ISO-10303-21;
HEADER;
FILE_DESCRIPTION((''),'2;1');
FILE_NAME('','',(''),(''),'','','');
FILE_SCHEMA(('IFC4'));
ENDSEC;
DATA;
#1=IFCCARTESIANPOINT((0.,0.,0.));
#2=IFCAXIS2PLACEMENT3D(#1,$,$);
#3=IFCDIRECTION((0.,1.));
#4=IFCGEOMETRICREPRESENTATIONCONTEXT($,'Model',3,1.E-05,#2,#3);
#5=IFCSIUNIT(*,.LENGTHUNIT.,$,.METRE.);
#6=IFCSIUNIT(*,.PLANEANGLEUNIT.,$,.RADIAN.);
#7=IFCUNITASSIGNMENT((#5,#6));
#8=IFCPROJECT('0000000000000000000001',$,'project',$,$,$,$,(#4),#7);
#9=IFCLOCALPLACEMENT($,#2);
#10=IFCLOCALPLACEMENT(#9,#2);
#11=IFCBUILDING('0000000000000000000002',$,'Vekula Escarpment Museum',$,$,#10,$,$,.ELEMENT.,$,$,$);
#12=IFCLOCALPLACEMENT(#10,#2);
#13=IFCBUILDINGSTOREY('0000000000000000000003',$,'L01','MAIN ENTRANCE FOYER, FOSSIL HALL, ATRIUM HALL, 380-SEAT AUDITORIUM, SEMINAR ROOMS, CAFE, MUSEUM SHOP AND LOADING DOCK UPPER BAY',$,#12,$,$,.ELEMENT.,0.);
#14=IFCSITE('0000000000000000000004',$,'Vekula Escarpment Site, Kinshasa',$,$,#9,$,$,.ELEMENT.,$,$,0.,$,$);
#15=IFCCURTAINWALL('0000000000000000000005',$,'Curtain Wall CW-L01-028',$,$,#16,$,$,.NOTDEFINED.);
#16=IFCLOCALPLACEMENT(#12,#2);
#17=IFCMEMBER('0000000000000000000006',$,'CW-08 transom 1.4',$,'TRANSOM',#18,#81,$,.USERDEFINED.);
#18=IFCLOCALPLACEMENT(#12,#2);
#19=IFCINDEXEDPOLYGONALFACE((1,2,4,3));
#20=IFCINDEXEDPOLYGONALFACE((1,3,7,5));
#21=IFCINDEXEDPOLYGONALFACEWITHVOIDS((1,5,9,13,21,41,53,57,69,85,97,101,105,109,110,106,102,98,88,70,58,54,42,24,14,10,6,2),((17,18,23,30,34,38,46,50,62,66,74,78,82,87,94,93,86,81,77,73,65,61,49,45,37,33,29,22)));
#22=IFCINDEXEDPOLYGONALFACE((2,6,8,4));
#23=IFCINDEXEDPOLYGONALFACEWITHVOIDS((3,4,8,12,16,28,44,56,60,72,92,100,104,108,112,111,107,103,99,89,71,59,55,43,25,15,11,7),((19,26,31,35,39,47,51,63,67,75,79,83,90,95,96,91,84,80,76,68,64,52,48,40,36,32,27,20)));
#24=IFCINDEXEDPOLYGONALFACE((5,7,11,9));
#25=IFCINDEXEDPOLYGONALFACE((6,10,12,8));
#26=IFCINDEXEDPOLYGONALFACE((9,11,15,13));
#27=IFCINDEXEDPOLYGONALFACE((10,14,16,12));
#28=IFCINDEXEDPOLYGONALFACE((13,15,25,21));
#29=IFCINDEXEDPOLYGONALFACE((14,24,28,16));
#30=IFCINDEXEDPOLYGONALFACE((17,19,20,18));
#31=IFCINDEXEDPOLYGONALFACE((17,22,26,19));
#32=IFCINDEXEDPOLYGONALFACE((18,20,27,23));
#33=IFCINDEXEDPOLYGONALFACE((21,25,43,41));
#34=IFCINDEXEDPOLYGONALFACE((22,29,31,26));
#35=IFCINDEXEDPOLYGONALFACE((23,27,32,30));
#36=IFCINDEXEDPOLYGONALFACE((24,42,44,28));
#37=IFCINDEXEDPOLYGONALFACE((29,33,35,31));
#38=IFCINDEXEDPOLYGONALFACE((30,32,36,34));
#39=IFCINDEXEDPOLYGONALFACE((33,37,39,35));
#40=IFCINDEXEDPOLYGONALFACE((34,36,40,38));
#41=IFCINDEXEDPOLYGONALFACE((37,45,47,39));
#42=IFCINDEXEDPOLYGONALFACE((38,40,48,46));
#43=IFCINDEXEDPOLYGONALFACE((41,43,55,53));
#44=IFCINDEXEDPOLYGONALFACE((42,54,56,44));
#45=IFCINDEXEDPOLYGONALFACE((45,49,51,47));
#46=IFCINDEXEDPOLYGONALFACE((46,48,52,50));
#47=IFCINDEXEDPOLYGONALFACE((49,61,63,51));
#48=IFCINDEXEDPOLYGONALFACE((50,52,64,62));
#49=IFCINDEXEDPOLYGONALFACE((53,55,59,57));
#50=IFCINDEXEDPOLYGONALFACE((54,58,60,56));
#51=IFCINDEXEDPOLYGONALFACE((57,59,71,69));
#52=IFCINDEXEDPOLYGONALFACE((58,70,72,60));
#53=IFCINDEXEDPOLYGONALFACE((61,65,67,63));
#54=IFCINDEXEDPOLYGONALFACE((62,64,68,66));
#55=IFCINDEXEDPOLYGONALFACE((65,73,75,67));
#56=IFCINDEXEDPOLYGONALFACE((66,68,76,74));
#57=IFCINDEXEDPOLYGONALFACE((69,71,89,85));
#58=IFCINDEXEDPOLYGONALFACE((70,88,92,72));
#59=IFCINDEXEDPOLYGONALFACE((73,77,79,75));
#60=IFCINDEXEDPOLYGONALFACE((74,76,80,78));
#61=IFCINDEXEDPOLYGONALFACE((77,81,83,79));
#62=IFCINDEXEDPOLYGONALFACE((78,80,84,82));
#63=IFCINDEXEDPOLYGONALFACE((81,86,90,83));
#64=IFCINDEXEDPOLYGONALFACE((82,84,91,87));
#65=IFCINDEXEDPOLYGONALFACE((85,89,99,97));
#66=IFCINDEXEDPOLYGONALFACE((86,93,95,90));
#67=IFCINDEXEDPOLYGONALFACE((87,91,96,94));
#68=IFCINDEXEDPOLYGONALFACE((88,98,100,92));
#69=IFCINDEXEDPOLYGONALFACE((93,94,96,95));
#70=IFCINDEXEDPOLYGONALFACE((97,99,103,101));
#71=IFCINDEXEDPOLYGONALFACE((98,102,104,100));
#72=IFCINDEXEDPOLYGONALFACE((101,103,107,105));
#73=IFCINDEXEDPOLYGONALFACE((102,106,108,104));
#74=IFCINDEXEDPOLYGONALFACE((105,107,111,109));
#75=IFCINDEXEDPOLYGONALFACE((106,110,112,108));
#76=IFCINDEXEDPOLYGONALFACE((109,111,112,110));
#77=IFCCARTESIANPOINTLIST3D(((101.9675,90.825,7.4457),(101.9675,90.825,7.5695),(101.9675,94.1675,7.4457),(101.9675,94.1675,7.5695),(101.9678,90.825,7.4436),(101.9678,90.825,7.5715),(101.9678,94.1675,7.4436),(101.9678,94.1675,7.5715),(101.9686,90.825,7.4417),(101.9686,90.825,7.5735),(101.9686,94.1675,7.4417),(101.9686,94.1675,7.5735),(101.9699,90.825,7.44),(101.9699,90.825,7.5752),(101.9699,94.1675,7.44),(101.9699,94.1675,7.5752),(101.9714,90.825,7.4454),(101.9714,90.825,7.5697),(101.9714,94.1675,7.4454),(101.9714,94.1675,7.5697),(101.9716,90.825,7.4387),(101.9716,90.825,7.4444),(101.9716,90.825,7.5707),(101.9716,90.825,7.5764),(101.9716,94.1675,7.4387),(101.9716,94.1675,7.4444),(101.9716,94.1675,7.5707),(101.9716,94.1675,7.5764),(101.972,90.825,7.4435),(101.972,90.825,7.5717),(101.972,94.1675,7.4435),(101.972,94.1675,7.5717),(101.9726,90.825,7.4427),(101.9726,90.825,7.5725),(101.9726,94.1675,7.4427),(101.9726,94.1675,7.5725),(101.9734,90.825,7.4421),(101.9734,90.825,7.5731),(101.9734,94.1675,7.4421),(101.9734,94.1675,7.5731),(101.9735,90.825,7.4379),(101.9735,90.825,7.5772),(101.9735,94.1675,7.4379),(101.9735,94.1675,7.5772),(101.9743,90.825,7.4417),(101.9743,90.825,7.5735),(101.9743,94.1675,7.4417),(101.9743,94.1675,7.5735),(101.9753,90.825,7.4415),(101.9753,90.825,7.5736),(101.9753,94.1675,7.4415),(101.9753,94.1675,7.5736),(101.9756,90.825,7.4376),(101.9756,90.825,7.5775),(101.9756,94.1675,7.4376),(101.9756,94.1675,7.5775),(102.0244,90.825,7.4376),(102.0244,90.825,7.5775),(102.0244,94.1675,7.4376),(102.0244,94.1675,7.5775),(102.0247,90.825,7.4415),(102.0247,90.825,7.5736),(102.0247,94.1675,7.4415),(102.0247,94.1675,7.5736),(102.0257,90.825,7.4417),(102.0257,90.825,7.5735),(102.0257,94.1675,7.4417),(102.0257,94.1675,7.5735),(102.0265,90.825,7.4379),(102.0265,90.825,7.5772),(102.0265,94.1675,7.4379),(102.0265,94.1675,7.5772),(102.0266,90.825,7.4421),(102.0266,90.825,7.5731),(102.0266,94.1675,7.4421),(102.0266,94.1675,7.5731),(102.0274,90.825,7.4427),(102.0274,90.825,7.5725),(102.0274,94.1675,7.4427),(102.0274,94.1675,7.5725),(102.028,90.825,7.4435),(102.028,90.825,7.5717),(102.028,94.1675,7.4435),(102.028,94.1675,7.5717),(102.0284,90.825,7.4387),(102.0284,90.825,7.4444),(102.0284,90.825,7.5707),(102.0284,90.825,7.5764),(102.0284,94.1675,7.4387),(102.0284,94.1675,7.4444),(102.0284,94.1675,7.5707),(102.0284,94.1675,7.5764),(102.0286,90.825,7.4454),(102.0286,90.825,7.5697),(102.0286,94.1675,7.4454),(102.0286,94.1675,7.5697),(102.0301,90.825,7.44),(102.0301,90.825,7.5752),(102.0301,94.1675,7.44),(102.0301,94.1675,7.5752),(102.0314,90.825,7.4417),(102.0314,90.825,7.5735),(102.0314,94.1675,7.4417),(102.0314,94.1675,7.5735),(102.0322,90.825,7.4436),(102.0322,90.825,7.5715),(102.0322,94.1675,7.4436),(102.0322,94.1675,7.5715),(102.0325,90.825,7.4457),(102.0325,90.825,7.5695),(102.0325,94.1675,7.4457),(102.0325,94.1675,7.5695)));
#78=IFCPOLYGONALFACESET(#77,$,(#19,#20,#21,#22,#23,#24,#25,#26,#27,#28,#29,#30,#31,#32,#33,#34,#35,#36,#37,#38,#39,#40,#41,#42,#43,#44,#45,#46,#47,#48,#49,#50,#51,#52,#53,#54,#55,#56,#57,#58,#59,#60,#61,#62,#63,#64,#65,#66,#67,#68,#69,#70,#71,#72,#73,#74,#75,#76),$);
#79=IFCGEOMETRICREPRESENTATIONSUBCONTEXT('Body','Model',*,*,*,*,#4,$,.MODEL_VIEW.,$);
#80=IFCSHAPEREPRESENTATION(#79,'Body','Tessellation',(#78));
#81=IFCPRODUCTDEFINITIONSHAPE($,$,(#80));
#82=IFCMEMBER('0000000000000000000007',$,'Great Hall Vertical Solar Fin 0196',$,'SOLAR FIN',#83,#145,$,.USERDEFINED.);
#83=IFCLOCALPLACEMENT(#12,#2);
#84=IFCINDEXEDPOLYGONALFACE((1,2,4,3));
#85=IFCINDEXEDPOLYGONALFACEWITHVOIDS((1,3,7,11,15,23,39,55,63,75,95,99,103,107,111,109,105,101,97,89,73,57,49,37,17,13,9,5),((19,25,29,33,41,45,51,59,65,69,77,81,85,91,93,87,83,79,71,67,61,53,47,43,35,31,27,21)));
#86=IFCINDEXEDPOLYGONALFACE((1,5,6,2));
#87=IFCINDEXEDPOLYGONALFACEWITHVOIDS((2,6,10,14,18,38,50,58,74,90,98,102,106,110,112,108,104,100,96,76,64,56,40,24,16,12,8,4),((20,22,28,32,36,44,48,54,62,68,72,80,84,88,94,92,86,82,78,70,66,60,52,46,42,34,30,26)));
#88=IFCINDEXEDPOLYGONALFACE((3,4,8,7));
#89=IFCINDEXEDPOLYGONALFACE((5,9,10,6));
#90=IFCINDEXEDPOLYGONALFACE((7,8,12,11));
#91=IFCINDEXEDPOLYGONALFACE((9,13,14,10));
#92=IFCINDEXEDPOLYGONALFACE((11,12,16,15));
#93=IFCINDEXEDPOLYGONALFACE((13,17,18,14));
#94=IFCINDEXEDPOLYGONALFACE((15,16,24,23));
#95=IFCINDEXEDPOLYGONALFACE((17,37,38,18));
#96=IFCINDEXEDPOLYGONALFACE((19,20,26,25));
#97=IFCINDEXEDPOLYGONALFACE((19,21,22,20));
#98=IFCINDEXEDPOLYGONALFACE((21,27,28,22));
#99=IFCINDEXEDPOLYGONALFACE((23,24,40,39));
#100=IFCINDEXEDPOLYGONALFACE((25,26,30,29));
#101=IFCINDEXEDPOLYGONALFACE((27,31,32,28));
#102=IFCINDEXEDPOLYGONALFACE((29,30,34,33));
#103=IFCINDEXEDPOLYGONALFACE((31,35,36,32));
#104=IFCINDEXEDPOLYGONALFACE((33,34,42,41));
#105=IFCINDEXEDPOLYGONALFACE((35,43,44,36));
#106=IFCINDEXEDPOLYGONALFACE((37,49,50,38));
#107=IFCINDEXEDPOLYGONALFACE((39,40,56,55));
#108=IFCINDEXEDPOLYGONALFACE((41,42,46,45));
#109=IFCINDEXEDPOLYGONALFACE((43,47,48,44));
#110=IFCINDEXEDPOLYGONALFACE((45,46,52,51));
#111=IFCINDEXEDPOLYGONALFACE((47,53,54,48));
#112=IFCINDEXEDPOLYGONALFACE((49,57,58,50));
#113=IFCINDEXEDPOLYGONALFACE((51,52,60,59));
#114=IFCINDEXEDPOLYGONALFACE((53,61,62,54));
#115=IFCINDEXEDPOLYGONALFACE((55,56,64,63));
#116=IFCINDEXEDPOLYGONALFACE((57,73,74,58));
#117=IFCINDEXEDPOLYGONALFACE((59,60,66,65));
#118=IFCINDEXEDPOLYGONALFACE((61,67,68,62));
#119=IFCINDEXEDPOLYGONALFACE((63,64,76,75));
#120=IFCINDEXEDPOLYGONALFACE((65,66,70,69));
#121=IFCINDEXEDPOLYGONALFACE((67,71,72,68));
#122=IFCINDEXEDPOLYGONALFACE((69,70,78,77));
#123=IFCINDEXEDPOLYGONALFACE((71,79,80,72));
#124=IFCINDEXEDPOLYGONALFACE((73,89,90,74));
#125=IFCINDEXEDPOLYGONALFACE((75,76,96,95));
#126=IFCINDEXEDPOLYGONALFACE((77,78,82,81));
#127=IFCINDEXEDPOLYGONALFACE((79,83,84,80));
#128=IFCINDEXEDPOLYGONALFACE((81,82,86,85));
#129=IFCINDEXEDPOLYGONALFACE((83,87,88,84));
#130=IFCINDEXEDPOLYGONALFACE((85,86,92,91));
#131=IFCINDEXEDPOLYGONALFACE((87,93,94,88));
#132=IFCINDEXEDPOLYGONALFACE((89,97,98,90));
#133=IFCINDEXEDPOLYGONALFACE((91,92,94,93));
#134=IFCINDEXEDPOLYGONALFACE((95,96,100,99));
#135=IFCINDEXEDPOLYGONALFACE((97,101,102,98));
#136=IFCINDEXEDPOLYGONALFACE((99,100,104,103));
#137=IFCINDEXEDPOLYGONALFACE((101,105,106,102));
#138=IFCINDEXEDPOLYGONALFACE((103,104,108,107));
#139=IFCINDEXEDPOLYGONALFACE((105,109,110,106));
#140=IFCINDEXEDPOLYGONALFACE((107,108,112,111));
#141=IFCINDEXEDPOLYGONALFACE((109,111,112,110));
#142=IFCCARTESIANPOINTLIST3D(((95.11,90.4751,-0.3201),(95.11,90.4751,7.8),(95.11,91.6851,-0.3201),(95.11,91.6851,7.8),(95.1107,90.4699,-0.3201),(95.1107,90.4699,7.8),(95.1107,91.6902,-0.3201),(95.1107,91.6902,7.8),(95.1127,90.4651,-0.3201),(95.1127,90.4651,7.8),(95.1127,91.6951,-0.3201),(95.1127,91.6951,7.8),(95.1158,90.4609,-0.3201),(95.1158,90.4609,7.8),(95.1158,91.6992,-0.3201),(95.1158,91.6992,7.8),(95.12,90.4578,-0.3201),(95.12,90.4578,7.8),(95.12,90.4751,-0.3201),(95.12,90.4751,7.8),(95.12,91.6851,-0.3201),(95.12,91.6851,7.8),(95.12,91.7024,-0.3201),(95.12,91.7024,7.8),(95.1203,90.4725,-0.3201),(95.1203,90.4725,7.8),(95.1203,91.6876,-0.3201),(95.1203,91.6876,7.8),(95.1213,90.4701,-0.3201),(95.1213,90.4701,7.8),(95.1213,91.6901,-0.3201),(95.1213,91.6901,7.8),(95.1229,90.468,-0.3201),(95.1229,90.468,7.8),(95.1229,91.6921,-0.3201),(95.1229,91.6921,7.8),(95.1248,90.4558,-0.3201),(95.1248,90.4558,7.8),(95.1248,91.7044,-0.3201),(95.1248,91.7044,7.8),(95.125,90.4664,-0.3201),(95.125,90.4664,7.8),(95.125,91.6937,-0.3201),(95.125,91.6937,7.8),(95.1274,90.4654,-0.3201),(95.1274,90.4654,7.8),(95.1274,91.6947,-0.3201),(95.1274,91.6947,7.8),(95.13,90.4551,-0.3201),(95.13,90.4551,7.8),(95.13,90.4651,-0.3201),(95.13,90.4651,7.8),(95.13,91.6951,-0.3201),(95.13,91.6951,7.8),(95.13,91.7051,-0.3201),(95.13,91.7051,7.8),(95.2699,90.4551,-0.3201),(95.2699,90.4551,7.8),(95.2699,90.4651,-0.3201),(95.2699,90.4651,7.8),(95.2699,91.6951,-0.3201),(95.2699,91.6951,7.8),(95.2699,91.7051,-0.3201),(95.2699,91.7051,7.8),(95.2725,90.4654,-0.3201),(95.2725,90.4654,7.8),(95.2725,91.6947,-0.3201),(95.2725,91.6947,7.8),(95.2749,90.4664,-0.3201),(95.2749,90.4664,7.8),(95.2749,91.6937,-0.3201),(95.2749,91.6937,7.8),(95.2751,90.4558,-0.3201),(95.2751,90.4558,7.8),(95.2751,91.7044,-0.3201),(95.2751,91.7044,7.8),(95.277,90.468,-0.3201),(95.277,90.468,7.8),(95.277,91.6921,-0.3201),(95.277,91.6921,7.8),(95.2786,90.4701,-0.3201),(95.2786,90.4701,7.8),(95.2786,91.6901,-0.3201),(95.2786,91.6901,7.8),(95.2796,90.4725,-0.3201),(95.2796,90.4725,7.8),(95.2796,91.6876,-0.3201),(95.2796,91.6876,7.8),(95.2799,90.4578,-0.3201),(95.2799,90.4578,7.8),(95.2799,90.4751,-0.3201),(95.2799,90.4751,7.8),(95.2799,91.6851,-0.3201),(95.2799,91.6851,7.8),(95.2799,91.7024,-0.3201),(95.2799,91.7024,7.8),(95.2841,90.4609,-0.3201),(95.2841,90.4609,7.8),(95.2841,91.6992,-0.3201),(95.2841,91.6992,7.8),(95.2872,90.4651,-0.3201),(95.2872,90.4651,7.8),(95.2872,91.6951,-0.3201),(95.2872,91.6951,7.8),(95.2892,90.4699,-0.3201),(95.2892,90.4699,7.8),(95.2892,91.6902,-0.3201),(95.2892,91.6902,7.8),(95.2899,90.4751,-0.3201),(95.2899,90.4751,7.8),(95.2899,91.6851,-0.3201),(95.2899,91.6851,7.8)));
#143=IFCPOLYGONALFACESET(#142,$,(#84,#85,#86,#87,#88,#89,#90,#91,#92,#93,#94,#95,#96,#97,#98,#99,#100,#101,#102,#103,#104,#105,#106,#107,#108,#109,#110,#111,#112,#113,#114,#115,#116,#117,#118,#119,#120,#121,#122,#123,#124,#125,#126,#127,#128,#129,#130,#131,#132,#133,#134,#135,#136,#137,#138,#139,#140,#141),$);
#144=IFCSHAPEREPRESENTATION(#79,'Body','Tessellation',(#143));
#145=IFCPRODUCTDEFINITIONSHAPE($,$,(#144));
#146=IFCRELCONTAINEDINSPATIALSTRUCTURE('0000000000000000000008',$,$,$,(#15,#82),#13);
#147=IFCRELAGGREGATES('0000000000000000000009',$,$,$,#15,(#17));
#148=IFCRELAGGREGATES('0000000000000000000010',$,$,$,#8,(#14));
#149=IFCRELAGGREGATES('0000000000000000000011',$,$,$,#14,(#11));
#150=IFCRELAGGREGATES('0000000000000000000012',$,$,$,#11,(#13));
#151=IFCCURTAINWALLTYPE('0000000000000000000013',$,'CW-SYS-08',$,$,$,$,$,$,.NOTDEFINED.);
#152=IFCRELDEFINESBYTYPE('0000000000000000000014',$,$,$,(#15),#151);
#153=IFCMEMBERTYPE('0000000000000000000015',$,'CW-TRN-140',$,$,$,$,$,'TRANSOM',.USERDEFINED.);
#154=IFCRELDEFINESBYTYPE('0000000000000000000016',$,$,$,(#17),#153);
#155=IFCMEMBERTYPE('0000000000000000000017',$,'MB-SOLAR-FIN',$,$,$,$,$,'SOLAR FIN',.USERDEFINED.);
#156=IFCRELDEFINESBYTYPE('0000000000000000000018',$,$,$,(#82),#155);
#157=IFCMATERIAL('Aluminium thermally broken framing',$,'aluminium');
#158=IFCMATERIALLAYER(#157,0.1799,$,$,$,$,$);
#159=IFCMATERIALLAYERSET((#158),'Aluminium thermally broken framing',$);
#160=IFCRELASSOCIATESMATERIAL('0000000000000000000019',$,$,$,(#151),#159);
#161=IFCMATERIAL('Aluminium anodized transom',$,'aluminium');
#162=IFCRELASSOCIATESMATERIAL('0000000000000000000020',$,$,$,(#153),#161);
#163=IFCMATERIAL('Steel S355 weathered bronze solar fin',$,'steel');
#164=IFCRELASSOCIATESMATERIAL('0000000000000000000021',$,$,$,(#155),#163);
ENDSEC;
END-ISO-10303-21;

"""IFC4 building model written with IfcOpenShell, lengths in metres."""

from ifc_helpers import new_model, si_unit, direction, frame, origin, origin_2d, place, context, subcontext, project, spatial, hollow_rectangle, extrude, material, layer, layer_set, material_profile, profile_set, type_object, element, aggregate, save


model = new_model("IFC4")

# Units and contexts
model_context = context("Model", 3, precision=1e-05, world=origin(), true_north=direction((0.0, 1.0)))
body_context = subcontext(model_context, "Body", "Model", "MODEL_VIEW")
ifc_project = project(units=[si_unit("LENGTHUNIT", "METRE"), si_unit("PLANEANGLEUNIT", "RADIAN")], contexts=[model_context])

# Site, building, storey
site_placement = place(None, origin())
site = spatial("IfcSite", under=ifc_project, at=site_placement, Name="Vekula Escarpment Site, Kinshasa", CompositionType="ELEMENT", RefElevation=0.0)
building_placement = place(site_placement, origin())
building = spatial("IfcBuilding", under=site, at=building_placement, Name="Vekula Escarpment Museum", CompositionType="ELEMENT")
storey_placement = place(building_placement, origin())
storey = spatial("IfcBuildingStorey", under=building, at=storey_placement, Name="L01", Description="MAIN ENTRANCE FOYER, FOSSIL HALL, ATRIUM HALL, 380-SEAT AUDITORIUM, SEMINAR ROOMS, CAFE, MUSEUM SHOP AND LOADING DOCK UPPER BAY", CompositionType="ELEMENT", Elevation=0.0)

# Curtain wall
ifc_material_1 = material(Name="Aluminium thermally broken framing", Category="aluminium")
ifc_layer_1 = layer(ifc_material_1, 0.1799)
ifc_layer_set_1 = layer_set([ifc_layer_1], Name="Aluminium thermally broken framing")
curtain_wall_type_1 = type_object("IfcCurtainWallType", Name="CW-SYS-08", PredefinedType="NOTDEFINED", material=ifc_layer_set_1)
curtain_wall_1_placement = place(storey_placement, origin())
curtain_wall_1 = element("IfcCurtainWall", 1, at=curtain_wall_1_placement, inside=storey, type_object=curtain_wall_type_1, Name="Curtain Wall CW-L01-028", PredefinedType="NOTDEFINED")

# Member
ifc_material_2 = material(Name="Aluminium anodized transom", Category="aluminium")
ifc_material_profile_1 = material_profile(ifc_material_2, hollow_rectangle(XDim=0.0649, YDim=0.1399, WallThickness=0.0039, InnerFilletRadius=0.0039, OuterFilletRadius=0.0081, at=origin_2d()), Name="ALU 140x65x4")
ifc_profile_set_1 = profile_set([ifc_material_profile_1], Name="Aluminium anodized transom")
member_type_1 = type_object("IfcMemberType", Name="CW-TRN-140", ElementType="TRANSOM", PredefinedType="USERDEFINED", material=ifc_profile_set_1)
member_1_placement = place(storey_placement, frame((102.0, 90.825, 7.5076), z_axis=(0.0, 1.0, 0.0), x_axis=(-1.0, 0.0, 0.0)))
member_1 = element("IfcMember", 2, at=member_1_placement, type_object=member_type_1, Name="CW-08 transom 1.4", ObjectType="TRANSOM", PredefinedType="USERDEFINED", context=body_context, shape_type="SweptSolid", body=[
    extrude(hollow_rectangle(XDim=0.0649, YDim=0.1399, WallThickness=0.0039, InnerFilletRadius=0.0039, OuterFilletRadius=0.0081, at=origin_2d()), origin(), (0.0, 0.0, 1.0), 3.3425),
])
aggregate(curtain_wall_1, [member_1])

# Member
ifc_material_3 = material(Name="Steel S355 weathered bronze solar fin", Category="steel")
ifc_material_profile_2 = material_profile(ifc_material_3, hollow_rectangle(XDim=0.1799, YDim=1.25, WallThickness=0.01, InnerFilletRadius=0.01, OuterFilletRadius=0.02, at=origin_2d()), Name="RHS 1250x180x10")
ifc_profile_set_2 = profile_set([ifc_material_profile_2], Name="Steel S355 weathered bronze solar fin")
member_type_2 = type_object("IfcMemberType", Name="MB-SOLAR-FIN", ElementType="SOLAR FIN", PredefinedType="USERDEFINED", material=ifc_profile_set_2)
for number, where, z_axis, x_axis, name in (
    (3, (95.2, 91.0801, -0.3201), (0.0, 0.0, 1.0), (1.0, 0.0, 0.0), "Great Hall Vertical Solar Fin 0196"),
):
    element("IfcMember", number, at=place(storey_placement, frame(where, z_axis=z_axis, x_axis=x_axis)), inside=storey, type_object=member_type_2, Name=name, ObjectType="SOLAR FIN", PredefinedType="USERDEFINED", context=body_context, shape_type="SweptSolid", body=[
        extrude(hollow_rectangle(XDim=0.1799, YDim=1.25, WallThickness=0.01, InnerFilletRadius=0.01, OuterFilletRadius=0.02, at=origin_2d()), origin(), (0.0, 0.0, 1.0), 8.1201),
    ])

save(model, "model.ifc")
